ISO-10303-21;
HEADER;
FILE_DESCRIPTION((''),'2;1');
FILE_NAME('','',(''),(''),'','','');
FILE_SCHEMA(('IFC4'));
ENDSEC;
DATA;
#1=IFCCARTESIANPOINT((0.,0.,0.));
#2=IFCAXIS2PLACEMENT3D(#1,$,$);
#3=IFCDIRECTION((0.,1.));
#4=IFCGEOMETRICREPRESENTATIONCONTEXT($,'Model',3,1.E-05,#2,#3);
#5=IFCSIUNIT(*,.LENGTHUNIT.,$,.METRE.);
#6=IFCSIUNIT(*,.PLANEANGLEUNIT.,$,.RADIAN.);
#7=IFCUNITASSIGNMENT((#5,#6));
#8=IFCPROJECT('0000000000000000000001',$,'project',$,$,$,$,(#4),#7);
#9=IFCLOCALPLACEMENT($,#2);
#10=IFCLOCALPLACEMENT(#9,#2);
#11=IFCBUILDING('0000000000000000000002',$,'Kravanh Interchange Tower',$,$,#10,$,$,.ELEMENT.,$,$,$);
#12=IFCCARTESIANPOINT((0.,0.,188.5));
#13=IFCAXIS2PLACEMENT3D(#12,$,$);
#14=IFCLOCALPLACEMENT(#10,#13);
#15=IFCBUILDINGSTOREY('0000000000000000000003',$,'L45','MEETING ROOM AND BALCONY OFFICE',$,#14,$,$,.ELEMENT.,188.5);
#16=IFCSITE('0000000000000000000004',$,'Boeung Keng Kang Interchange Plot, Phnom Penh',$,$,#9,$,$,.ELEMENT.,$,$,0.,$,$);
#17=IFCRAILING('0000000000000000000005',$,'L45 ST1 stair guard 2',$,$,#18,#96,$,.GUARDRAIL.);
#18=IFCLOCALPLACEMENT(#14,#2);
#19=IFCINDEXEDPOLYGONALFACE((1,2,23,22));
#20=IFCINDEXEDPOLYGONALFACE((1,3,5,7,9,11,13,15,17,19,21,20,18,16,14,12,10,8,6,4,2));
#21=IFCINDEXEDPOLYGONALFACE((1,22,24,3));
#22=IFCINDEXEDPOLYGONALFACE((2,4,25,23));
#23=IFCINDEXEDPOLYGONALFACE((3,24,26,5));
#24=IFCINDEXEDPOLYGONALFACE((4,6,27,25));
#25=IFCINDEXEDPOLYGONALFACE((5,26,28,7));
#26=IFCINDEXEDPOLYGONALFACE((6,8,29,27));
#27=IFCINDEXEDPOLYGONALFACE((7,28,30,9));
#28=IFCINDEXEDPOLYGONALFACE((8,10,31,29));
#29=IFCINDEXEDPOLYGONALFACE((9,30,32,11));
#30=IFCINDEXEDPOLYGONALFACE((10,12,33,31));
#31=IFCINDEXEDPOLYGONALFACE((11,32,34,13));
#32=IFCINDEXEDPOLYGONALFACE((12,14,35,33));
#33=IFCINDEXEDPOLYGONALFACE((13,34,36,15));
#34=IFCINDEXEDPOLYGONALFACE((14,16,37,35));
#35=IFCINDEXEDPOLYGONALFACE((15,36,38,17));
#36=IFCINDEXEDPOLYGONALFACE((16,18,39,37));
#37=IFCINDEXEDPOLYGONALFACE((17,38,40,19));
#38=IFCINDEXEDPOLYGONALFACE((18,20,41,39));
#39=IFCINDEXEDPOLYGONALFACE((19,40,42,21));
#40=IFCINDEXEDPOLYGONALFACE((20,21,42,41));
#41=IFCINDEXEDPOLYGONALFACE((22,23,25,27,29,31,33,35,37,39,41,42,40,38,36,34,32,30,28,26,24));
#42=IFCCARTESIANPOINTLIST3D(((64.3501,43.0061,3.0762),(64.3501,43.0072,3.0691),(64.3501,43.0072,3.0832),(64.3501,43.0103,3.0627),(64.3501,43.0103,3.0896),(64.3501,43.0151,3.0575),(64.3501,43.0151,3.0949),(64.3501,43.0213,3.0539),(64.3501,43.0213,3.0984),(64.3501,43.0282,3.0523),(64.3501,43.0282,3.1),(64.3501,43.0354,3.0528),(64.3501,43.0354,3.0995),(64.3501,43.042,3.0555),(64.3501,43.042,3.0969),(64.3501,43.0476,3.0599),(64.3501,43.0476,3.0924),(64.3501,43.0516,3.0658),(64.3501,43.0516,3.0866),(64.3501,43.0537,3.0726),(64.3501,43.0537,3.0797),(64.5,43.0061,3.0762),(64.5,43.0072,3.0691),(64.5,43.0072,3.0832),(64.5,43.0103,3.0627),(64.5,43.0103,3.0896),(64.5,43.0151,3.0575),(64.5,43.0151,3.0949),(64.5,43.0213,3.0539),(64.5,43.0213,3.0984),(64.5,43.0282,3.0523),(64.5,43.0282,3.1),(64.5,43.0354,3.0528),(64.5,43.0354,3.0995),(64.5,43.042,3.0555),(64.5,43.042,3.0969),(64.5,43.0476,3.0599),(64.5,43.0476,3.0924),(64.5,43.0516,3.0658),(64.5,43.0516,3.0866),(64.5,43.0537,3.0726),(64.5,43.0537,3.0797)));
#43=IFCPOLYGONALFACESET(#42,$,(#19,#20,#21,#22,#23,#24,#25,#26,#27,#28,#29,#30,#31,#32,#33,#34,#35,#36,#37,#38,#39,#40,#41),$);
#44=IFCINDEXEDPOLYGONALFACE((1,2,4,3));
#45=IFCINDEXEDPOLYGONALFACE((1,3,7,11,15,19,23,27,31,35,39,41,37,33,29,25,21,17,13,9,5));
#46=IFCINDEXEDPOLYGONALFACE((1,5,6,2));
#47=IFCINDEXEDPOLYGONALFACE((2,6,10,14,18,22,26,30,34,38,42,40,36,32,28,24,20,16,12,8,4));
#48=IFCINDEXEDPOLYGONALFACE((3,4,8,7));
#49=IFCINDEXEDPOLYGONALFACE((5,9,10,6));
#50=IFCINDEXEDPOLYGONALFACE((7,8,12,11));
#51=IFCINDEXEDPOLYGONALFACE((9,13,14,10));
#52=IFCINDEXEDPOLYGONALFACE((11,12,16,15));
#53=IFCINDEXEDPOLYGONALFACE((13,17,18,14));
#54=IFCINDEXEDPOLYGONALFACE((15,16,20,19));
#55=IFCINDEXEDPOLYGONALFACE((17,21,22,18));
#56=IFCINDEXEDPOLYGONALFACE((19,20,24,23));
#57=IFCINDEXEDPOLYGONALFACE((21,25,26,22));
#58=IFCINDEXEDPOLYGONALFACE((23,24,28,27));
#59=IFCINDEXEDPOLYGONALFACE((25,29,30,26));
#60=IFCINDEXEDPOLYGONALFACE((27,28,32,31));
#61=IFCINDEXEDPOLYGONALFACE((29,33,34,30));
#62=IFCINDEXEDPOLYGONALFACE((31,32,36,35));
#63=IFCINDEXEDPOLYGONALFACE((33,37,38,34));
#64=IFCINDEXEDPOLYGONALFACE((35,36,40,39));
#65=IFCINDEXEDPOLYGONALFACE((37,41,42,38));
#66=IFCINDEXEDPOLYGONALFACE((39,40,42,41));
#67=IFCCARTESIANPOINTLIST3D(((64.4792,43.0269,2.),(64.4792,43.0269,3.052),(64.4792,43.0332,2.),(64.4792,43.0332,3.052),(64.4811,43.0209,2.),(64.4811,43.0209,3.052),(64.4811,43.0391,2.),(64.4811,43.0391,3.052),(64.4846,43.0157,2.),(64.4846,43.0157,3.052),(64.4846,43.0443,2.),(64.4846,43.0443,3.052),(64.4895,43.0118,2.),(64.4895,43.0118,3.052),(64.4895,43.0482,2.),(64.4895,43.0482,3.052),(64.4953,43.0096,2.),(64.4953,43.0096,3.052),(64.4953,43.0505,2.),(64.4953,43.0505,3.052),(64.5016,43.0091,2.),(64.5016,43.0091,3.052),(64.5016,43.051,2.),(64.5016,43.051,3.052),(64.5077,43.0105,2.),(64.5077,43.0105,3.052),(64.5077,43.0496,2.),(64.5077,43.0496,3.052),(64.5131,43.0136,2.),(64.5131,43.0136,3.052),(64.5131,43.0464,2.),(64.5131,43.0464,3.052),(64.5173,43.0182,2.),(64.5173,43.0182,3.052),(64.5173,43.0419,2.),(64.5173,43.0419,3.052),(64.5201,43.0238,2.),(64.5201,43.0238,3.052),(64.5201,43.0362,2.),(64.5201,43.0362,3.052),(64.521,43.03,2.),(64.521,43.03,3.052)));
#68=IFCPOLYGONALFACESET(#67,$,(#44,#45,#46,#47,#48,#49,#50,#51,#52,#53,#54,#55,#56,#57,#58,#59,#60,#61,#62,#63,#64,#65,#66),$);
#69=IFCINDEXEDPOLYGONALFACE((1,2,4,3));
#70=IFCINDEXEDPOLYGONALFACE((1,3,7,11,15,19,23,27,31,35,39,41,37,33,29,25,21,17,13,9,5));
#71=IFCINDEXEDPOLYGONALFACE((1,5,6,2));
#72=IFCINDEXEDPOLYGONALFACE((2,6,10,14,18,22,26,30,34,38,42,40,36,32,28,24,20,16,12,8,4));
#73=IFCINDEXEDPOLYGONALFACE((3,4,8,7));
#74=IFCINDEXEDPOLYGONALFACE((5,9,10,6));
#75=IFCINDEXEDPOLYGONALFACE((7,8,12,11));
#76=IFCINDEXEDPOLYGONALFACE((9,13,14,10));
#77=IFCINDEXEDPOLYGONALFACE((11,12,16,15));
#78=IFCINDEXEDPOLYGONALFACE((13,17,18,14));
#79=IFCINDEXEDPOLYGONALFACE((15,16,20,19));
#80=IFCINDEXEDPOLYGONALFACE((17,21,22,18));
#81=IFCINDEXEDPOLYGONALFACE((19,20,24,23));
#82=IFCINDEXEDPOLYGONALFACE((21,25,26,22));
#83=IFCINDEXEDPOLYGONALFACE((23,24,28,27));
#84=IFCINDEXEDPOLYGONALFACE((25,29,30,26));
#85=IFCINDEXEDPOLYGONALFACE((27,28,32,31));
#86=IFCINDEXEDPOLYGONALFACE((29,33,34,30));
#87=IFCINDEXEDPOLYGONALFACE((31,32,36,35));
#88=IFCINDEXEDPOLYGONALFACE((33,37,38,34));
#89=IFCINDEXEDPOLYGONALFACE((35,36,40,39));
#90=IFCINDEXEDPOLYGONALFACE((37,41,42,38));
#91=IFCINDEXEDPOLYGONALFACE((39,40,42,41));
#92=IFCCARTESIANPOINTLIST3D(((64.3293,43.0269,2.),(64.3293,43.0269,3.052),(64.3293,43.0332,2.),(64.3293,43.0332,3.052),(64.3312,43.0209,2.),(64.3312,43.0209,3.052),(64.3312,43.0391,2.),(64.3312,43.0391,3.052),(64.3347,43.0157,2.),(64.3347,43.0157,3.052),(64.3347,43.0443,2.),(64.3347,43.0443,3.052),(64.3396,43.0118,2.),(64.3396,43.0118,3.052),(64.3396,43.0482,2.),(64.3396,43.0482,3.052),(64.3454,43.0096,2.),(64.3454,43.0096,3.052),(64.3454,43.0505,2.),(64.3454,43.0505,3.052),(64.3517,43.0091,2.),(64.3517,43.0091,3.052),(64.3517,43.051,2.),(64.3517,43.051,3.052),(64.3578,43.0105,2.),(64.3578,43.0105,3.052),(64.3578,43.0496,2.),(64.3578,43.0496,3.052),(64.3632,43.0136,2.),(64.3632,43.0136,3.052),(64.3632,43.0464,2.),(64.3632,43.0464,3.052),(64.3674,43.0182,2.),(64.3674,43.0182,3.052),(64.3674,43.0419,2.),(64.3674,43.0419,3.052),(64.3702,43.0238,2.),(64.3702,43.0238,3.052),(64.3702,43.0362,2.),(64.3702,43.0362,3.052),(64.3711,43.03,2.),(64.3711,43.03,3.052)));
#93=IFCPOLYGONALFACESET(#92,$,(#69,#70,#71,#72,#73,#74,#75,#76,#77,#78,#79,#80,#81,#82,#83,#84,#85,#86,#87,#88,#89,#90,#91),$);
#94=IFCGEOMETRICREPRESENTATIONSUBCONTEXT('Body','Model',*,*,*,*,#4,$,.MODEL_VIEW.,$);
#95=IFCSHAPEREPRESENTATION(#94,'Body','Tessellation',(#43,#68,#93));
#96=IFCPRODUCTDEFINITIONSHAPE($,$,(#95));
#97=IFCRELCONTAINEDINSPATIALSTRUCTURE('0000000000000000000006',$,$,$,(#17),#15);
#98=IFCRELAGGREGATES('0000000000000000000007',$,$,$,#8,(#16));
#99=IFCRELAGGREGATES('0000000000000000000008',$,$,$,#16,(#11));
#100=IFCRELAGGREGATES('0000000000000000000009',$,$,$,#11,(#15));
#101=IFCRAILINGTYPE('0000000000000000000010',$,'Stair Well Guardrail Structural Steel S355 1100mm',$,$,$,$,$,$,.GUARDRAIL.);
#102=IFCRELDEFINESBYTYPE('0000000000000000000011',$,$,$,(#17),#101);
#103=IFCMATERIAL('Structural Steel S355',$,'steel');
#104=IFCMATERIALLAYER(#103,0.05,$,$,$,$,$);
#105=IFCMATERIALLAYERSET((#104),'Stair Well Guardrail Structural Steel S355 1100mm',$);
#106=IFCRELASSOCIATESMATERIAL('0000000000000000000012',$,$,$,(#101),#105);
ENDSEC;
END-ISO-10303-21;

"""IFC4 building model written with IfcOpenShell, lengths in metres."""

from ifc_helpers import new_model, si_unit, direction, frame, origin, origin_2d, place, context, subcontext, project, spatial, circle, extrude, material, layer, layer_set, type_object, element, save


model = new_model("IFC4")

# Units and contexts
model_context = context("Model", 3, precision=1e-05, world=origin(), true_north=direction((0.0, 1.0)))
body_context = subcontext(model_context, "Body", "Model", "MODEL_VIEW")
ifc_project = project(units=[si_unit("LENGTHUNIT", "METRE"), si_unit("PLANEANGLEUNIT", "RADIAN")], contexts=[model_context])

# Site, building, storey
site_placement = place(None, origin())
site = spatial("IfcSite", under=ifc_project, at=site_placement, Name="Boeung Keng Kang Interchange Plot, Phnom Penh", CompositionType="ELEMENT", RefElevation=0.0)
building_placement = place(site_placement, origin())
building = spatial("IfcBuilding", under=site, at=building_placement, Name="Kravanh Interchange Tower", CompositionType="ELEMENT")
storey_placement = place(building_placement, frame((0.0, 0.0, 188.5)))
storey = spatial("IfcBuildingStorey", under=building, at=storey_placement, Name="L45", Description="MEETING ROOM AND BALCONY OFFICE", CompositionType="ELEMENT", Elevation=188.5)

# Railing
ifc_material_1 = material(Name="Structural Steel S355", Category="steel")
ifc_layer_1 = layer(ifc_material_1, 0.05)
ifc_layer_set_1 = layer_set([ifc_layer_1], Name="Stair Well Guardrail Structural Steel S355 1100mm")
railing_type_1 = type_object("IfcRailingType", Name="Stair Well Guardrail Structural Steel S355 1100mm", PredefinedType="GUARDRAIL", material=ifc_layer_set_1)
railing_1_placement = place(storey_placement, frame((64.5, 43.03, 2.0)))
element("IfcRailing", 1, at=railing_1_placement, inside=storey, type_object=railing_type_1, Name="L45 ST1 stair guard 2", PredefinedType="GUARDRAIL", context=body_context, shape_type="SweptSolid", body=[
    extrude(circle(Radius=0.0239, at=origin_2d()), frame((0.0, 0.0, 1.0762), z_axis=(-1.0, 0.0, 0.0), x_axis=(0.0, -1.0, 0.0)), (0.0, 0.0, 1.0), 0.1499),
    extrude(circle(Radius=0.021, at=origin_2d()), origin(), (0.0, 0.0, 1.0), 1.052),
    extrude(circle(Radius=0.021, at=origin_2d()), frame((-0.1499, 0.0, 0.0)), (0.0, 0.0, 1.0), 1.052),
])

save(model, "model.ifc")
